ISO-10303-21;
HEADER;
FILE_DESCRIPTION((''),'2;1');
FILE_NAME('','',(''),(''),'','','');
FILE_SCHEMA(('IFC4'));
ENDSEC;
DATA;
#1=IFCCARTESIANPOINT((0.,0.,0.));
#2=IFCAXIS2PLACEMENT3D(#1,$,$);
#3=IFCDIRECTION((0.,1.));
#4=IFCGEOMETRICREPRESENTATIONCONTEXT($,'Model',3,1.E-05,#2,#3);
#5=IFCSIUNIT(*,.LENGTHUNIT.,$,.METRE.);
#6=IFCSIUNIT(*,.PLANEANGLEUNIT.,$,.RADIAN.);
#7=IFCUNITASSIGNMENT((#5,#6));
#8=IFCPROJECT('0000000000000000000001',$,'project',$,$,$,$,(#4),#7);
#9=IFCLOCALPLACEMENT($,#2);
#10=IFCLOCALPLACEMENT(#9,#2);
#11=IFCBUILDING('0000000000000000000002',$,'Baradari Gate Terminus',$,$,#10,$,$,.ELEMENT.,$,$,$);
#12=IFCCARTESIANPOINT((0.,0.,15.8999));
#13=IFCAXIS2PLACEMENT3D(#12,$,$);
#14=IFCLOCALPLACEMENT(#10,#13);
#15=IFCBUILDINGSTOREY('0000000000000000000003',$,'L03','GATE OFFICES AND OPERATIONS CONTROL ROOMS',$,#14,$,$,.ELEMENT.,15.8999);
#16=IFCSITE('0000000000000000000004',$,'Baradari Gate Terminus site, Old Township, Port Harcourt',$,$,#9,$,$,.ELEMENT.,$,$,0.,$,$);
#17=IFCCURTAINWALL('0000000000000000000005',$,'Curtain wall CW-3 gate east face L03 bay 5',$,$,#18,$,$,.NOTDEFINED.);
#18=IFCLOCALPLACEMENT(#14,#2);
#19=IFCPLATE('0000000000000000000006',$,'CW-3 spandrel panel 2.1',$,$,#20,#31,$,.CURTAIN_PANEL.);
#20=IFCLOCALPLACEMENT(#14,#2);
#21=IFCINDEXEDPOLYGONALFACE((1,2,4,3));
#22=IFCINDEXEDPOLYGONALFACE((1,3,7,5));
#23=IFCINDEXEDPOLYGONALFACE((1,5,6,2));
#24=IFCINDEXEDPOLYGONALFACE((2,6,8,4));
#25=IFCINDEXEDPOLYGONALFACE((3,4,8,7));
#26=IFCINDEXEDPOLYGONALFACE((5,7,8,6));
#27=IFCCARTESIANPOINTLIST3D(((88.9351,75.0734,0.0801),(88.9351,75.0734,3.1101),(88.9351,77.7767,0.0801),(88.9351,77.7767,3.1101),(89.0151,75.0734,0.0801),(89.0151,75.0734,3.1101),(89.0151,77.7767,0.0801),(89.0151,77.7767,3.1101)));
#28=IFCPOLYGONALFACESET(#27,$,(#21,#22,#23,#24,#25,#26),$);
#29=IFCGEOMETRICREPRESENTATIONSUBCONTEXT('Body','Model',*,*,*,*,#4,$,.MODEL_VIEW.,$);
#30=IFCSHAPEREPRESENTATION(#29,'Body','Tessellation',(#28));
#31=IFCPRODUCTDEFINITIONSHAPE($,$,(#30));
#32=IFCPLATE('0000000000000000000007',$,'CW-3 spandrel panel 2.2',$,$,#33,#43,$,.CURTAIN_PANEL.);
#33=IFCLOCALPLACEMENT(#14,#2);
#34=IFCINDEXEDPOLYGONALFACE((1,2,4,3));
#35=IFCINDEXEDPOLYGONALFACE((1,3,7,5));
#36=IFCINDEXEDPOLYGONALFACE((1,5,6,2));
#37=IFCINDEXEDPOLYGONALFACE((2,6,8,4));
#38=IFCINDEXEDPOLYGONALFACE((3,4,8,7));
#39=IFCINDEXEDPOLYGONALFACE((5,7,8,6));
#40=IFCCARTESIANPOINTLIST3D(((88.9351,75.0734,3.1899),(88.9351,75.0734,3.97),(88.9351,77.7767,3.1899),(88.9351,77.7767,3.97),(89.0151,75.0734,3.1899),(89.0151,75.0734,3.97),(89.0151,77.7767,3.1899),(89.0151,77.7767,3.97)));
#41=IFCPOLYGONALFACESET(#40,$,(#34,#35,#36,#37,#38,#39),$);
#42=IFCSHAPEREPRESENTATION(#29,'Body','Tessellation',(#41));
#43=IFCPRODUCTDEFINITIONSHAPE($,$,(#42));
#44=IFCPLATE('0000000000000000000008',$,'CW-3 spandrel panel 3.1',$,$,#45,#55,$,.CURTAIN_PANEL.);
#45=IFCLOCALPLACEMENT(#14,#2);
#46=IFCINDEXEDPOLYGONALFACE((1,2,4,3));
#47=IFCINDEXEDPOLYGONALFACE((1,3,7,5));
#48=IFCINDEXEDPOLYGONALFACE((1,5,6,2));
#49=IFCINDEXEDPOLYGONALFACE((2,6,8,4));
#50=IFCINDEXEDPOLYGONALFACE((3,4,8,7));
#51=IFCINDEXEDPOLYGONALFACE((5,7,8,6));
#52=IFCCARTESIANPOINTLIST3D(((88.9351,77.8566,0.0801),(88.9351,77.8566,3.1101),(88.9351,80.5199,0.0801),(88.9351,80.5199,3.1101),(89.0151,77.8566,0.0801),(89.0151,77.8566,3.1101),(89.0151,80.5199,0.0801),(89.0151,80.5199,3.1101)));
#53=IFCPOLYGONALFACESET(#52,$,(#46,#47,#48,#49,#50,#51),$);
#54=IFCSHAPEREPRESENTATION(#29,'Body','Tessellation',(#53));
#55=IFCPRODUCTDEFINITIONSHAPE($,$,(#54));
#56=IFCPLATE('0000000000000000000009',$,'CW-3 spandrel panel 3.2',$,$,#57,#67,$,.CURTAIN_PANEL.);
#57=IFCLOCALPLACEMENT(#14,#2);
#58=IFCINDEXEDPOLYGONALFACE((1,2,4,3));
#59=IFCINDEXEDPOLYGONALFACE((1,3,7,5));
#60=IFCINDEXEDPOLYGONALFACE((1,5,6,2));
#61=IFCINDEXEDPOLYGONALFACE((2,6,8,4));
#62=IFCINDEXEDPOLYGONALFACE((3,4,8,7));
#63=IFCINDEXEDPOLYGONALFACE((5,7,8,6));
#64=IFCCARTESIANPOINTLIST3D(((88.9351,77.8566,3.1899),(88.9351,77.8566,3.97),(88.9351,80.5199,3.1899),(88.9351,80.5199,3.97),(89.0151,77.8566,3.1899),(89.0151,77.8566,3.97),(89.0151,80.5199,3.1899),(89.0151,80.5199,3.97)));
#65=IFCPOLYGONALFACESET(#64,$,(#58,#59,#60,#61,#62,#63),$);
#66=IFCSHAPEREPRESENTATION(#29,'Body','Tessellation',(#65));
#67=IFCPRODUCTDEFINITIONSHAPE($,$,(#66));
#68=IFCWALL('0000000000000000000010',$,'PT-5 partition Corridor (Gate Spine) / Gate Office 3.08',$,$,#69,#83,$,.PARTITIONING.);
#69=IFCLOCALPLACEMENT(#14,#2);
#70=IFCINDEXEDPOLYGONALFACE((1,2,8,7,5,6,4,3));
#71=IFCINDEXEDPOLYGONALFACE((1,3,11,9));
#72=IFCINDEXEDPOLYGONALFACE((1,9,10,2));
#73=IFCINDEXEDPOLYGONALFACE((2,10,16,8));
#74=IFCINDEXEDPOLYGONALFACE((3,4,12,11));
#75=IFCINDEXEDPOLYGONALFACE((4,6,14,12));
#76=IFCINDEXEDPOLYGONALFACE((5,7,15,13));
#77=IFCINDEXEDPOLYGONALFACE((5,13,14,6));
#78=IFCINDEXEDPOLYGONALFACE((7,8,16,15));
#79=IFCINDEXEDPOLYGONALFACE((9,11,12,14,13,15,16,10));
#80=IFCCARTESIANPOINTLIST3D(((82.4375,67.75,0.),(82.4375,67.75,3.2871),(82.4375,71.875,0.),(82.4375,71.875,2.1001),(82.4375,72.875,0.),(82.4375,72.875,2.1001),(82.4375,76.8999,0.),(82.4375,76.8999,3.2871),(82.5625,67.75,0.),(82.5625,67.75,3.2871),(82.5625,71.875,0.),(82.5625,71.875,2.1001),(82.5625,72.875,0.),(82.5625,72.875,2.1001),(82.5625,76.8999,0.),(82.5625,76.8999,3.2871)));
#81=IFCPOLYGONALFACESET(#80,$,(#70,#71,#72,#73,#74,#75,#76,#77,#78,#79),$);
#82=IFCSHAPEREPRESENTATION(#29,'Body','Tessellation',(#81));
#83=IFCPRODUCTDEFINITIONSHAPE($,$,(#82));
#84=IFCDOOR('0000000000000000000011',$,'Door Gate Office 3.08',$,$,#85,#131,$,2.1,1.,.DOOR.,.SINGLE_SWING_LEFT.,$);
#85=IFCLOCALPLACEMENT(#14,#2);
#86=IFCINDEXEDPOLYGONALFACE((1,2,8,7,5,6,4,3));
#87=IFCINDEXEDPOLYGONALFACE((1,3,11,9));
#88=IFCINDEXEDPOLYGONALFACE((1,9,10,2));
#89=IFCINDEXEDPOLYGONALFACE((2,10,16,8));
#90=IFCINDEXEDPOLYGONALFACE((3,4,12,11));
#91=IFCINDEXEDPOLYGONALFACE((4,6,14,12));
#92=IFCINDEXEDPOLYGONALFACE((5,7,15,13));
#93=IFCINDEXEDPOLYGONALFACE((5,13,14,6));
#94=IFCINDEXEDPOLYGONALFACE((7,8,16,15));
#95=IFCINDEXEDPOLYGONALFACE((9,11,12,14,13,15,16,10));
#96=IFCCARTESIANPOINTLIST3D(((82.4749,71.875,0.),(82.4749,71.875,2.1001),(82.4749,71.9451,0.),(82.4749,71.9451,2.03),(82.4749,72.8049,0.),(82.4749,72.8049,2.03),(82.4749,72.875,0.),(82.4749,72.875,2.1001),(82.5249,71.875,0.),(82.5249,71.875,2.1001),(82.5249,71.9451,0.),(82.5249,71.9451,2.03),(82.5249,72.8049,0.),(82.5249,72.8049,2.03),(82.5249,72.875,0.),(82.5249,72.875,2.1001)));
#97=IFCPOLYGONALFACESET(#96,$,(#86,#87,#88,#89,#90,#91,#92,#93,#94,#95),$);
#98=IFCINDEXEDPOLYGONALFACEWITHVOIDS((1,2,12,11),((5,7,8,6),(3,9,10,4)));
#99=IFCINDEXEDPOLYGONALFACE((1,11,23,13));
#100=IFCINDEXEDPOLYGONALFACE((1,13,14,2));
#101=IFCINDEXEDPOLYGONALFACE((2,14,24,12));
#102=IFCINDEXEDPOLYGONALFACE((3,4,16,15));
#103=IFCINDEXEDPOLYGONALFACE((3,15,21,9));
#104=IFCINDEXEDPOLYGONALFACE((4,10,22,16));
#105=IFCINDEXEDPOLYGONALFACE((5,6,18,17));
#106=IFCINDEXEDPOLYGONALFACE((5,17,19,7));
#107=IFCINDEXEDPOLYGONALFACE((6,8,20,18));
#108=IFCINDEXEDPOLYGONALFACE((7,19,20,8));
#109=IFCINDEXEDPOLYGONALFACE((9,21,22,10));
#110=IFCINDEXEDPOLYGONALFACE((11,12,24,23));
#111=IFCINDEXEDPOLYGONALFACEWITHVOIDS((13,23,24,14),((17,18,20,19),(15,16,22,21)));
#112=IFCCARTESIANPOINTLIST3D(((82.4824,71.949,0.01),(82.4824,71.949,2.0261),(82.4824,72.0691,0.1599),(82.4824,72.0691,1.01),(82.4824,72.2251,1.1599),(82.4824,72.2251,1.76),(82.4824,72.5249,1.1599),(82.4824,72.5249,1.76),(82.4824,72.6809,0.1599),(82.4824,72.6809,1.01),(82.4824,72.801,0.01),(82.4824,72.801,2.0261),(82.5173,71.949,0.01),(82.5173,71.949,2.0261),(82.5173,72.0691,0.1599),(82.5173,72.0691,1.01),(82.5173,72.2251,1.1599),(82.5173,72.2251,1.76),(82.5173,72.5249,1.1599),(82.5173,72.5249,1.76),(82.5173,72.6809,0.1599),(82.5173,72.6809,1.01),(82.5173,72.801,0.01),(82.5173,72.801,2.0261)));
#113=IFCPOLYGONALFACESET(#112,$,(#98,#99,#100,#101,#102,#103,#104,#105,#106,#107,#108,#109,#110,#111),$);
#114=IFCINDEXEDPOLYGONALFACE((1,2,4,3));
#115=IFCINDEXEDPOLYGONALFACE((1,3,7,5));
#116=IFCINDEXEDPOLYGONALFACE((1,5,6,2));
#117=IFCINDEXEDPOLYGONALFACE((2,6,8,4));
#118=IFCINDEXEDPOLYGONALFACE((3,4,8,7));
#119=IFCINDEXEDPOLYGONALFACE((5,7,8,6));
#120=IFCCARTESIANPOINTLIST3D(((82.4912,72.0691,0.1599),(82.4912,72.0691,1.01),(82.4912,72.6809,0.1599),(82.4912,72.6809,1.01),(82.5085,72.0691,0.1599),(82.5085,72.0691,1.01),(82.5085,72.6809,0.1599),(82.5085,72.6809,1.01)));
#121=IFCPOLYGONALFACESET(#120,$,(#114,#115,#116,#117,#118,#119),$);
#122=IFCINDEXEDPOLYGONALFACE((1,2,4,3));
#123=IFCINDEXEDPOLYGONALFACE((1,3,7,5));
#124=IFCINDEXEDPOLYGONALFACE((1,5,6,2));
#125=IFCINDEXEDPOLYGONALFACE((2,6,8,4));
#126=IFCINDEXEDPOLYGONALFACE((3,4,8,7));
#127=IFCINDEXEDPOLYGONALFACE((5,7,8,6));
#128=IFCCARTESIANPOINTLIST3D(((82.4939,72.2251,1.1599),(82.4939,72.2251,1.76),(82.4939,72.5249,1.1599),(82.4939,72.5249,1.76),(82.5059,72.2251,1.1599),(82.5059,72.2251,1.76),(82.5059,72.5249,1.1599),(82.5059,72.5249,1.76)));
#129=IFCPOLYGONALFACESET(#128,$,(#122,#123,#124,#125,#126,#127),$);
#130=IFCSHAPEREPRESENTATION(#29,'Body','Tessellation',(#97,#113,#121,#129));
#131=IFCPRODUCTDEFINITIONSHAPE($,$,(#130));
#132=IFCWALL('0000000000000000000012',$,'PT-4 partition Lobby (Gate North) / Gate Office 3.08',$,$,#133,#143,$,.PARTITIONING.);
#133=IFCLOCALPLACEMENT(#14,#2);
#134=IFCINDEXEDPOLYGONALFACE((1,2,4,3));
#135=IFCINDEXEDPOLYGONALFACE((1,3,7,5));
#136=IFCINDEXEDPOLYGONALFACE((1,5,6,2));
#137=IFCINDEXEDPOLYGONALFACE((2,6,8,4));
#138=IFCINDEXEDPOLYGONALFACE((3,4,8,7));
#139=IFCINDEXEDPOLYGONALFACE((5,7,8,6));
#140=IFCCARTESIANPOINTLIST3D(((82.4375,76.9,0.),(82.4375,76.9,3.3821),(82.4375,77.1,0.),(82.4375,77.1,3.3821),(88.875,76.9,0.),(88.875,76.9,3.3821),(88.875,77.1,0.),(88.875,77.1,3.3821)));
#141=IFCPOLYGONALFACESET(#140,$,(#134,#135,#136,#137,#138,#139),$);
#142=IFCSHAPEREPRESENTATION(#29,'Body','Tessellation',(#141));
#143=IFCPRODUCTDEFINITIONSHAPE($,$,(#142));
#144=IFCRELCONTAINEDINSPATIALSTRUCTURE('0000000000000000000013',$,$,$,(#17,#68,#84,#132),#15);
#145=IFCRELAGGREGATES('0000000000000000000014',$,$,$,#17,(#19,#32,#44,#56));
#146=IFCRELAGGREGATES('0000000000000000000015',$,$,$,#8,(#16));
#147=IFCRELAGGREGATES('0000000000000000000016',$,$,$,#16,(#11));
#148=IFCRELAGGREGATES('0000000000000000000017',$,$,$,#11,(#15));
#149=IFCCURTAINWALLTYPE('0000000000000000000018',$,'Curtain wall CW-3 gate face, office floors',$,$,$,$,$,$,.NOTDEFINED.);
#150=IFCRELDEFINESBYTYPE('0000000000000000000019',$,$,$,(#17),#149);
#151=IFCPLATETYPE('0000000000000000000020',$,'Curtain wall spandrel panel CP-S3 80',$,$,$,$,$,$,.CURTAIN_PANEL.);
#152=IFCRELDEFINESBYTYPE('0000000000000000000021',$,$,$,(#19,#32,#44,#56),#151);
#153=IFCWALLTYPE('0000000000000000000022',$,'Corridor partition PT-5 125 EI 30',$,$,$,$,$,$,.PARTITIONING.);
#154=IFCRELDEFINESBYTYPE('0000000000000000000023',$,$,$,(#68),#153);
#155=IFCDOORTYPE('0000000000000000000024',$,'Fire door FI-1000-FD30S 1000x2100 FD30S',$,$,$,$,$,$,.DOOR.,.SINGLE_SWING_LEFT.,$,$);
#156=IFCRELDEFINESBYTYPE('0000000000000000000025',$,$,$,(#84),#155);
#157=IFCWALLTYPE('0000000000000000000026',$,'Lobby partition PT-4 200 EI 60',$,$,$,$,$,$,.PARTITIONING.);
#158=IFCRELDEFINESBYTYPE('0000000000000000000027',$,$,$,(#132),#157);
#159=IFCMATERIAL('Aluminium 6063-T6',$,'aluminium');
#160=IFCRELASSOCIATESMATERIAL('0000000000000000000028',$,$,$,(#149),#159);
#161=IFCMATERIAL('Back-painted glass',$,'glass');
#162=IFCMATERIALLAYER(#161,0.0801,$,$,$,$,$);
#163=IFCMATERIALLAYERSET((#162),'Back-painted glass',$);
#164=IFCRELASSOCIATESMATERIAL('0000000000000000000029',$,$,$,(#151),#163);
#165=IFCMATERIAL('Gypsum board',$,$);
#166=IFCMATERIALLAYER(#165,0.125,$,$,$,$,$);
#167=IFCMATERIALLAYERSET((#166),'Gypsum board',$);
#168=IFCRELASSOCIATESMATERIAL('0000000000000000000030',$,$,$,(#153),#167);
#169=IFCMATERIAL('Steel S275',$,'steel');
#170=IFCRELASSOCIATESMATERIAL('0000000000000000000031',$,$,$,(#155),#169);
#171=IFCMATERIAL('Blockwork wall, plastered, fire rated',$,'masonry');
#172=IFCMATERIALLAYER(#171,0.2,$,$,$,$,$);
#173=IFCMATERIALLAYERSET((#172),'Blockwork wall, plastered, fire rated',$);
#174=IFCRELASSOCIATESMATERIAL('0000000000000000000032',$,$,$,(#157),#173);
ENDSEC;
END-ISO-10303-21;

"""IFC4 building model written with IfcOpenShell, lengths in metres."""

from ifc_helpers import new_model, si_unit, direction, frame, frame_2d, origin, origin_2d, place, context, subcontext, project, spatial, polyline, rectangle, outline, extrude, material, layer, layer_set, type_object, element, fill, aggregate, save


model = new_model("IFC4")

# Units and contexts
model_context = context("Model", 3, precision=1e-05, world=origin(), true_north=direction((0.0, 1.0)))
body_context = subcontext(model_context, "Body", "Model", "MODEL_VIEW")
ifc_project = project(units=[si_unit("LENGTHUNIT", "METRE"), si_unit("PLANEANGLEUNIT", "RADIAN")], contexts=[model_context])

# Site, building, storey
site_placement = place(None, origin())
site = spatial("IfcSite", under=ifc_project, at=site_placement, Name="Baradari Gate Terminus site, Old Township, Port Harcourt", CompositionType="ELEMENT", RefElevation=0.0)
building_placement = place(site_placement, origin())
building = spatial("IfcBuilding", under=site, at=building_placement, Name="Baradari Gate Terminus", CompositionType="ELEMENT")
storey_placement = place(building_placement, frame((0.0, 0.0, 15.8999)))
storey = spatial("IfcBuildingStorey", under=building, at=storey_placement, Name="L03", Description="GATE OFFICES AND OPERATIONS CONTROL ROOMS", CompositionType="ELEMENT", Elevation=15.8999)

# Curtain wall, plates
ifc_material_1 = material(Name="Aluminium 6063-T6", Category="aluminium")
curtain_wall_type = type_object("IfcCurtainWallType", Name="Curtain wall CW-3 gate face, office floors", PredefinedType="NOTDEFINED", material=ifc_material_1)
curtain_wall_placement = place(storey_placement, origin())
curtain_wall = element("IfcCurtainWall", 1, at=curtain_wall_placement, inside=storey, type_object=curtain_wall_type, Name="Curtain wall CW-3 gate east face L03 bay 5", PredefinedType="NOTDEFINED")
ifc_material_2 = material(Name="Back-painted glass", Category="glass")
ifc_layer_1 = layer(ifc_material_2, 0.0801)
ifc_layer_set_1 = layer_set([ifc_layer_1], Name="Back-painted glass")
plate_type_1 = type_object("IfcPlateType", Name="Curtain wall spandrel panel CP-S3 80", PredefinedType="CURTAIN_PANEL", material=ifc_layer_set_1)
plate_1_placement = place(storey_placement, frame((88.9751, 76.425, 0.0801), z_axis=(0.0, 0.0, 1.0), x_axis=(0.0, 1.0, 0.0)))
plate_1 = element("IfcPlate", 2, at=plate_1_placement, type_object=plate_type_1, Name="CW-3 spandrel panel 2.1", PredefinedType="CURTAIN_PANEL", context=body_context, shape_type="SweptSolid", body=[
    extrude(rectangle(XDim=2.7034, YDim=0.0801, at=origin_2d()), origin(), (0.0, 0.0, 1.0), 3.03),
])
plate_2_placement = place(storey_placement, frame((88.9751, 76.425, 3.1899), z_axis=(0.0, 0.0, 1.0), x_axis=(0.0, 1.0, 0.0)))
plate_2 = element("IfcPlate", 3, at=plate_2_placement, type_object=plate_type_1, Name="CW-3 spandrel panel 2.2", PredefinedType="CURTAIN_PANEL", context=body_context, shape_type="SweptSolid", body=[
    extrude(rectangle(XDim=2.7034, YDim=0.0801, at=origin_2d()), origin(), (0.0, 0.0, 1.0), 0.78),
])
plate_3_placement = place(storey_placement, frame((88.9751, 79.1882, 0.0801), z_axis=(0.0, 0.0, 1.0), x_axis=(0.0, 1.0, 0.0)))
plate_3 = element("IfcPlate", 4, at=plate_3_placement, type_object=plate_type_1, Name="CW-3 spandrel panel 3.1", PredefinedType="CURTAIN_PANEL", context=body_context, shape_type="SweptSolid", body=[
    extrude(rectangle(XDim=2.6633, YDim=0.0801, at=origin_2d()), origin(), (0.0, 0.0, 1.0), 3.03),
])
plate_4_placement = place(storey_placement, frame((88.9751, 79.1882, 3.1899), z_axis=(0.0, 0.0, 1.0), x_axis=(0.0, 1.0, 0.0)))
plate_4 = element("IfcPlate", 5, at=plate_4_placement, type_object=plate_type_1, Name="CW-3 spandrel panel 3.2", PredefinedType="CURTAIN_PANEL", context=body_context, shape_type="SweptSolid", body=[
    extrude(rectangle(XDim=2.6633, YDim=0.0801, at=origin_2d()), origin(), (0.0, 0.0, 1.0), 0.78),
])
aggregate(curtain_wall, [plate_1, plate_2, plate_3, plate_4])

# Wall, opening, door
ifc_material_3 = material(Name="Gypsum board")
ifc_layer_2 = layer(ifc_material_3, 0.125)
ifc_layer_set_2 = layer_set([ifc_layer_2], Name="Gypsum board")
wall_type_1 = type_object("IfcWallType", Name="Corridor partition PT-5 125 EI 30", PredefinedType="PARTITIONING", material=ifc_layer_set_2)
wall_1_placement = place(storey_placement, frame((82.5, 76.8999, 0.0), z_axis=(0.0, 0.0, 1.0), x_axis=(0.0, -1.0, 0.0)))
wall_1 = element("IfcWall", 6, at=wall_1_placement, inside=storey, type_object=wall_type_1, Name="PT-5 partition Corridor (Gate Spine) / Gate Office 3.08", PredefinedType="PARTITIONING", context=body_context, shape_type="SweptSolid", body=[
    extrude(rectangle(XDim=9.1499, YDim=0.125, at=frame_2d((4.575, 0.0))), origin(), (0.0, 0.0, 1.0), 3.2871),
])
opening_placement = place(wall_1_placement, frame((4.0249, 0.0, 0.0)))
opening = element("IfcOpeningElement", 7, at=opening_placement, cuts=wall_1, PredefinedType="OPENING", context=body_context, shape_type="SweptSolid", body=[
    extrude(rectangle(XDim=1.0, YDim=2.1001, at=frame_2d((0.5, 1.05))), frame((0.0, 0.0725, 0.0), z_axis=(0.0, -1.0, 0.0), x_axis=(1.0, 0.0, 0.0)), (0.0, 0.0, 1.0), 0.145),
])
ifc_material_4 = material(Name="Steel S275", Category="steel")
door_type = type_object("IfcDoorType", Name="Fire door FI-1000-FD30S 1000x2100 FD30S", OperationType="SINGLE_SWING_LEFT", PredefinedType="DOOR", material=ifc_material_4)
door_placement = place(opening_placement, origin())
door = element("IfcDoor", 8, at=door_placement, inside=storey, type_object=door_type, Name="Door Gate Office 3.08", OperationType="SINGLE_SWING_LEFT", OverallHeight=2.1, OverallWidth=1.0, PredefinedType="DOOR", context=body_context, shape_type="SweptSolid", body=[
    extrude(outline(polyline([(0.0, 0.0), (0.0701, 0.0), (0.0701, 2.03), (0.9299, 2.03), (0.9299, 0.0), (1.0, 0.0), (1.0, 2.1001), (0.0, 2.1001), (0.0, 0.0)])), frame((0.0, 0.0249, 0.0), z_axis=(0.0, -1.0, 0.0), x_axis=(1.0, 0.0, 0.0)), (0.0, 0.0, 1.0), 0.05),
    extrude(outline(polyline([(0.074, 0.01), (0.926, 0.01), (0.926, 2.0261), (0.074, 2.0261), (0.074, 0.01)]), holes=[polyline([(0.1941, 0.1599), (0.8059, 0.1599), (0.8059, 1.01), (0.1941, 1.01), (0.1941, 0.1599)]), polyline([(0.3501, 1.1599), (0.6499, 1.1599), (0.6499, 1.76), (0.3501, 1.76), (0.3501, 1.1599)])]), frame((0.0, 0.0173, 0.0), z_axis=(0.0, -1.0, 0.0), x_axis=(1.0, 0.0, 0.0)), (0.0, 0.0, 1.0), 0.0349),
    extrude(rectangle(XDim=0.6118, YDim=0.8501, at=frame_2d((0.5, 0.585))), frame((0.0, 0.0085, 0.0), z_axis=(0.0, -1.0, 0.0), x_axis=(1.0, 0.0, 0.0)), (0.0, 0.0, 1.0), 0.0173),
    extrude(rectangle(XDim=0.2998, YDim=0.6001, at=frame_2d((0.5, 1.46))), frame((0.0, 0.0059, 0.0), z_axis=(0.0, -1.0, 0.0), x_axis=(1.0, 0.0, 0.0)), (0.0, 0.0, 1.0), 0.012),
])
fill(opening, door)

# Wall
ifc_material_5 = material(Name="Blockwork wall, plastered, fire rated", Category="masonry")
ifc_layer_3 = layer(ifc_material_5, 0.2)
ifc_layer_set_3 = layer_set([ifc_layer_3], Name="Blockwork wall, plastered, fire rated")
wall_type_2 = type_object("IfcWallType", Name="Lobby partition PT-4 200 EI 60", PredefinedType="PARTITIONING", material=ifc_layer_set_3)
wall_2_placement = place(storey_placement, frame((88.875, 77.0, 0.0), z_axis=(0.0, 0.0, 1.0), x_axis=(-1.0, 0.0, 0.0)))
element("IfcWall", 9, at=wall_2_placement, inside=storey, type_object=wall_type_2, Name="PT-4 partition Lobby (Gate North) / Gate Office 3.08", PredefinedType="PARTITIONING", context=body_context, shape_type="SweptSolid", body=[
    extrude(rectangle(XDim=6.4375, YDim=0.2, at=frame_2d((3.2188, 0.0))), origin(), (0.0, 0.0, 1.0), 3.3821),
])

save(model, "model.ifc")
